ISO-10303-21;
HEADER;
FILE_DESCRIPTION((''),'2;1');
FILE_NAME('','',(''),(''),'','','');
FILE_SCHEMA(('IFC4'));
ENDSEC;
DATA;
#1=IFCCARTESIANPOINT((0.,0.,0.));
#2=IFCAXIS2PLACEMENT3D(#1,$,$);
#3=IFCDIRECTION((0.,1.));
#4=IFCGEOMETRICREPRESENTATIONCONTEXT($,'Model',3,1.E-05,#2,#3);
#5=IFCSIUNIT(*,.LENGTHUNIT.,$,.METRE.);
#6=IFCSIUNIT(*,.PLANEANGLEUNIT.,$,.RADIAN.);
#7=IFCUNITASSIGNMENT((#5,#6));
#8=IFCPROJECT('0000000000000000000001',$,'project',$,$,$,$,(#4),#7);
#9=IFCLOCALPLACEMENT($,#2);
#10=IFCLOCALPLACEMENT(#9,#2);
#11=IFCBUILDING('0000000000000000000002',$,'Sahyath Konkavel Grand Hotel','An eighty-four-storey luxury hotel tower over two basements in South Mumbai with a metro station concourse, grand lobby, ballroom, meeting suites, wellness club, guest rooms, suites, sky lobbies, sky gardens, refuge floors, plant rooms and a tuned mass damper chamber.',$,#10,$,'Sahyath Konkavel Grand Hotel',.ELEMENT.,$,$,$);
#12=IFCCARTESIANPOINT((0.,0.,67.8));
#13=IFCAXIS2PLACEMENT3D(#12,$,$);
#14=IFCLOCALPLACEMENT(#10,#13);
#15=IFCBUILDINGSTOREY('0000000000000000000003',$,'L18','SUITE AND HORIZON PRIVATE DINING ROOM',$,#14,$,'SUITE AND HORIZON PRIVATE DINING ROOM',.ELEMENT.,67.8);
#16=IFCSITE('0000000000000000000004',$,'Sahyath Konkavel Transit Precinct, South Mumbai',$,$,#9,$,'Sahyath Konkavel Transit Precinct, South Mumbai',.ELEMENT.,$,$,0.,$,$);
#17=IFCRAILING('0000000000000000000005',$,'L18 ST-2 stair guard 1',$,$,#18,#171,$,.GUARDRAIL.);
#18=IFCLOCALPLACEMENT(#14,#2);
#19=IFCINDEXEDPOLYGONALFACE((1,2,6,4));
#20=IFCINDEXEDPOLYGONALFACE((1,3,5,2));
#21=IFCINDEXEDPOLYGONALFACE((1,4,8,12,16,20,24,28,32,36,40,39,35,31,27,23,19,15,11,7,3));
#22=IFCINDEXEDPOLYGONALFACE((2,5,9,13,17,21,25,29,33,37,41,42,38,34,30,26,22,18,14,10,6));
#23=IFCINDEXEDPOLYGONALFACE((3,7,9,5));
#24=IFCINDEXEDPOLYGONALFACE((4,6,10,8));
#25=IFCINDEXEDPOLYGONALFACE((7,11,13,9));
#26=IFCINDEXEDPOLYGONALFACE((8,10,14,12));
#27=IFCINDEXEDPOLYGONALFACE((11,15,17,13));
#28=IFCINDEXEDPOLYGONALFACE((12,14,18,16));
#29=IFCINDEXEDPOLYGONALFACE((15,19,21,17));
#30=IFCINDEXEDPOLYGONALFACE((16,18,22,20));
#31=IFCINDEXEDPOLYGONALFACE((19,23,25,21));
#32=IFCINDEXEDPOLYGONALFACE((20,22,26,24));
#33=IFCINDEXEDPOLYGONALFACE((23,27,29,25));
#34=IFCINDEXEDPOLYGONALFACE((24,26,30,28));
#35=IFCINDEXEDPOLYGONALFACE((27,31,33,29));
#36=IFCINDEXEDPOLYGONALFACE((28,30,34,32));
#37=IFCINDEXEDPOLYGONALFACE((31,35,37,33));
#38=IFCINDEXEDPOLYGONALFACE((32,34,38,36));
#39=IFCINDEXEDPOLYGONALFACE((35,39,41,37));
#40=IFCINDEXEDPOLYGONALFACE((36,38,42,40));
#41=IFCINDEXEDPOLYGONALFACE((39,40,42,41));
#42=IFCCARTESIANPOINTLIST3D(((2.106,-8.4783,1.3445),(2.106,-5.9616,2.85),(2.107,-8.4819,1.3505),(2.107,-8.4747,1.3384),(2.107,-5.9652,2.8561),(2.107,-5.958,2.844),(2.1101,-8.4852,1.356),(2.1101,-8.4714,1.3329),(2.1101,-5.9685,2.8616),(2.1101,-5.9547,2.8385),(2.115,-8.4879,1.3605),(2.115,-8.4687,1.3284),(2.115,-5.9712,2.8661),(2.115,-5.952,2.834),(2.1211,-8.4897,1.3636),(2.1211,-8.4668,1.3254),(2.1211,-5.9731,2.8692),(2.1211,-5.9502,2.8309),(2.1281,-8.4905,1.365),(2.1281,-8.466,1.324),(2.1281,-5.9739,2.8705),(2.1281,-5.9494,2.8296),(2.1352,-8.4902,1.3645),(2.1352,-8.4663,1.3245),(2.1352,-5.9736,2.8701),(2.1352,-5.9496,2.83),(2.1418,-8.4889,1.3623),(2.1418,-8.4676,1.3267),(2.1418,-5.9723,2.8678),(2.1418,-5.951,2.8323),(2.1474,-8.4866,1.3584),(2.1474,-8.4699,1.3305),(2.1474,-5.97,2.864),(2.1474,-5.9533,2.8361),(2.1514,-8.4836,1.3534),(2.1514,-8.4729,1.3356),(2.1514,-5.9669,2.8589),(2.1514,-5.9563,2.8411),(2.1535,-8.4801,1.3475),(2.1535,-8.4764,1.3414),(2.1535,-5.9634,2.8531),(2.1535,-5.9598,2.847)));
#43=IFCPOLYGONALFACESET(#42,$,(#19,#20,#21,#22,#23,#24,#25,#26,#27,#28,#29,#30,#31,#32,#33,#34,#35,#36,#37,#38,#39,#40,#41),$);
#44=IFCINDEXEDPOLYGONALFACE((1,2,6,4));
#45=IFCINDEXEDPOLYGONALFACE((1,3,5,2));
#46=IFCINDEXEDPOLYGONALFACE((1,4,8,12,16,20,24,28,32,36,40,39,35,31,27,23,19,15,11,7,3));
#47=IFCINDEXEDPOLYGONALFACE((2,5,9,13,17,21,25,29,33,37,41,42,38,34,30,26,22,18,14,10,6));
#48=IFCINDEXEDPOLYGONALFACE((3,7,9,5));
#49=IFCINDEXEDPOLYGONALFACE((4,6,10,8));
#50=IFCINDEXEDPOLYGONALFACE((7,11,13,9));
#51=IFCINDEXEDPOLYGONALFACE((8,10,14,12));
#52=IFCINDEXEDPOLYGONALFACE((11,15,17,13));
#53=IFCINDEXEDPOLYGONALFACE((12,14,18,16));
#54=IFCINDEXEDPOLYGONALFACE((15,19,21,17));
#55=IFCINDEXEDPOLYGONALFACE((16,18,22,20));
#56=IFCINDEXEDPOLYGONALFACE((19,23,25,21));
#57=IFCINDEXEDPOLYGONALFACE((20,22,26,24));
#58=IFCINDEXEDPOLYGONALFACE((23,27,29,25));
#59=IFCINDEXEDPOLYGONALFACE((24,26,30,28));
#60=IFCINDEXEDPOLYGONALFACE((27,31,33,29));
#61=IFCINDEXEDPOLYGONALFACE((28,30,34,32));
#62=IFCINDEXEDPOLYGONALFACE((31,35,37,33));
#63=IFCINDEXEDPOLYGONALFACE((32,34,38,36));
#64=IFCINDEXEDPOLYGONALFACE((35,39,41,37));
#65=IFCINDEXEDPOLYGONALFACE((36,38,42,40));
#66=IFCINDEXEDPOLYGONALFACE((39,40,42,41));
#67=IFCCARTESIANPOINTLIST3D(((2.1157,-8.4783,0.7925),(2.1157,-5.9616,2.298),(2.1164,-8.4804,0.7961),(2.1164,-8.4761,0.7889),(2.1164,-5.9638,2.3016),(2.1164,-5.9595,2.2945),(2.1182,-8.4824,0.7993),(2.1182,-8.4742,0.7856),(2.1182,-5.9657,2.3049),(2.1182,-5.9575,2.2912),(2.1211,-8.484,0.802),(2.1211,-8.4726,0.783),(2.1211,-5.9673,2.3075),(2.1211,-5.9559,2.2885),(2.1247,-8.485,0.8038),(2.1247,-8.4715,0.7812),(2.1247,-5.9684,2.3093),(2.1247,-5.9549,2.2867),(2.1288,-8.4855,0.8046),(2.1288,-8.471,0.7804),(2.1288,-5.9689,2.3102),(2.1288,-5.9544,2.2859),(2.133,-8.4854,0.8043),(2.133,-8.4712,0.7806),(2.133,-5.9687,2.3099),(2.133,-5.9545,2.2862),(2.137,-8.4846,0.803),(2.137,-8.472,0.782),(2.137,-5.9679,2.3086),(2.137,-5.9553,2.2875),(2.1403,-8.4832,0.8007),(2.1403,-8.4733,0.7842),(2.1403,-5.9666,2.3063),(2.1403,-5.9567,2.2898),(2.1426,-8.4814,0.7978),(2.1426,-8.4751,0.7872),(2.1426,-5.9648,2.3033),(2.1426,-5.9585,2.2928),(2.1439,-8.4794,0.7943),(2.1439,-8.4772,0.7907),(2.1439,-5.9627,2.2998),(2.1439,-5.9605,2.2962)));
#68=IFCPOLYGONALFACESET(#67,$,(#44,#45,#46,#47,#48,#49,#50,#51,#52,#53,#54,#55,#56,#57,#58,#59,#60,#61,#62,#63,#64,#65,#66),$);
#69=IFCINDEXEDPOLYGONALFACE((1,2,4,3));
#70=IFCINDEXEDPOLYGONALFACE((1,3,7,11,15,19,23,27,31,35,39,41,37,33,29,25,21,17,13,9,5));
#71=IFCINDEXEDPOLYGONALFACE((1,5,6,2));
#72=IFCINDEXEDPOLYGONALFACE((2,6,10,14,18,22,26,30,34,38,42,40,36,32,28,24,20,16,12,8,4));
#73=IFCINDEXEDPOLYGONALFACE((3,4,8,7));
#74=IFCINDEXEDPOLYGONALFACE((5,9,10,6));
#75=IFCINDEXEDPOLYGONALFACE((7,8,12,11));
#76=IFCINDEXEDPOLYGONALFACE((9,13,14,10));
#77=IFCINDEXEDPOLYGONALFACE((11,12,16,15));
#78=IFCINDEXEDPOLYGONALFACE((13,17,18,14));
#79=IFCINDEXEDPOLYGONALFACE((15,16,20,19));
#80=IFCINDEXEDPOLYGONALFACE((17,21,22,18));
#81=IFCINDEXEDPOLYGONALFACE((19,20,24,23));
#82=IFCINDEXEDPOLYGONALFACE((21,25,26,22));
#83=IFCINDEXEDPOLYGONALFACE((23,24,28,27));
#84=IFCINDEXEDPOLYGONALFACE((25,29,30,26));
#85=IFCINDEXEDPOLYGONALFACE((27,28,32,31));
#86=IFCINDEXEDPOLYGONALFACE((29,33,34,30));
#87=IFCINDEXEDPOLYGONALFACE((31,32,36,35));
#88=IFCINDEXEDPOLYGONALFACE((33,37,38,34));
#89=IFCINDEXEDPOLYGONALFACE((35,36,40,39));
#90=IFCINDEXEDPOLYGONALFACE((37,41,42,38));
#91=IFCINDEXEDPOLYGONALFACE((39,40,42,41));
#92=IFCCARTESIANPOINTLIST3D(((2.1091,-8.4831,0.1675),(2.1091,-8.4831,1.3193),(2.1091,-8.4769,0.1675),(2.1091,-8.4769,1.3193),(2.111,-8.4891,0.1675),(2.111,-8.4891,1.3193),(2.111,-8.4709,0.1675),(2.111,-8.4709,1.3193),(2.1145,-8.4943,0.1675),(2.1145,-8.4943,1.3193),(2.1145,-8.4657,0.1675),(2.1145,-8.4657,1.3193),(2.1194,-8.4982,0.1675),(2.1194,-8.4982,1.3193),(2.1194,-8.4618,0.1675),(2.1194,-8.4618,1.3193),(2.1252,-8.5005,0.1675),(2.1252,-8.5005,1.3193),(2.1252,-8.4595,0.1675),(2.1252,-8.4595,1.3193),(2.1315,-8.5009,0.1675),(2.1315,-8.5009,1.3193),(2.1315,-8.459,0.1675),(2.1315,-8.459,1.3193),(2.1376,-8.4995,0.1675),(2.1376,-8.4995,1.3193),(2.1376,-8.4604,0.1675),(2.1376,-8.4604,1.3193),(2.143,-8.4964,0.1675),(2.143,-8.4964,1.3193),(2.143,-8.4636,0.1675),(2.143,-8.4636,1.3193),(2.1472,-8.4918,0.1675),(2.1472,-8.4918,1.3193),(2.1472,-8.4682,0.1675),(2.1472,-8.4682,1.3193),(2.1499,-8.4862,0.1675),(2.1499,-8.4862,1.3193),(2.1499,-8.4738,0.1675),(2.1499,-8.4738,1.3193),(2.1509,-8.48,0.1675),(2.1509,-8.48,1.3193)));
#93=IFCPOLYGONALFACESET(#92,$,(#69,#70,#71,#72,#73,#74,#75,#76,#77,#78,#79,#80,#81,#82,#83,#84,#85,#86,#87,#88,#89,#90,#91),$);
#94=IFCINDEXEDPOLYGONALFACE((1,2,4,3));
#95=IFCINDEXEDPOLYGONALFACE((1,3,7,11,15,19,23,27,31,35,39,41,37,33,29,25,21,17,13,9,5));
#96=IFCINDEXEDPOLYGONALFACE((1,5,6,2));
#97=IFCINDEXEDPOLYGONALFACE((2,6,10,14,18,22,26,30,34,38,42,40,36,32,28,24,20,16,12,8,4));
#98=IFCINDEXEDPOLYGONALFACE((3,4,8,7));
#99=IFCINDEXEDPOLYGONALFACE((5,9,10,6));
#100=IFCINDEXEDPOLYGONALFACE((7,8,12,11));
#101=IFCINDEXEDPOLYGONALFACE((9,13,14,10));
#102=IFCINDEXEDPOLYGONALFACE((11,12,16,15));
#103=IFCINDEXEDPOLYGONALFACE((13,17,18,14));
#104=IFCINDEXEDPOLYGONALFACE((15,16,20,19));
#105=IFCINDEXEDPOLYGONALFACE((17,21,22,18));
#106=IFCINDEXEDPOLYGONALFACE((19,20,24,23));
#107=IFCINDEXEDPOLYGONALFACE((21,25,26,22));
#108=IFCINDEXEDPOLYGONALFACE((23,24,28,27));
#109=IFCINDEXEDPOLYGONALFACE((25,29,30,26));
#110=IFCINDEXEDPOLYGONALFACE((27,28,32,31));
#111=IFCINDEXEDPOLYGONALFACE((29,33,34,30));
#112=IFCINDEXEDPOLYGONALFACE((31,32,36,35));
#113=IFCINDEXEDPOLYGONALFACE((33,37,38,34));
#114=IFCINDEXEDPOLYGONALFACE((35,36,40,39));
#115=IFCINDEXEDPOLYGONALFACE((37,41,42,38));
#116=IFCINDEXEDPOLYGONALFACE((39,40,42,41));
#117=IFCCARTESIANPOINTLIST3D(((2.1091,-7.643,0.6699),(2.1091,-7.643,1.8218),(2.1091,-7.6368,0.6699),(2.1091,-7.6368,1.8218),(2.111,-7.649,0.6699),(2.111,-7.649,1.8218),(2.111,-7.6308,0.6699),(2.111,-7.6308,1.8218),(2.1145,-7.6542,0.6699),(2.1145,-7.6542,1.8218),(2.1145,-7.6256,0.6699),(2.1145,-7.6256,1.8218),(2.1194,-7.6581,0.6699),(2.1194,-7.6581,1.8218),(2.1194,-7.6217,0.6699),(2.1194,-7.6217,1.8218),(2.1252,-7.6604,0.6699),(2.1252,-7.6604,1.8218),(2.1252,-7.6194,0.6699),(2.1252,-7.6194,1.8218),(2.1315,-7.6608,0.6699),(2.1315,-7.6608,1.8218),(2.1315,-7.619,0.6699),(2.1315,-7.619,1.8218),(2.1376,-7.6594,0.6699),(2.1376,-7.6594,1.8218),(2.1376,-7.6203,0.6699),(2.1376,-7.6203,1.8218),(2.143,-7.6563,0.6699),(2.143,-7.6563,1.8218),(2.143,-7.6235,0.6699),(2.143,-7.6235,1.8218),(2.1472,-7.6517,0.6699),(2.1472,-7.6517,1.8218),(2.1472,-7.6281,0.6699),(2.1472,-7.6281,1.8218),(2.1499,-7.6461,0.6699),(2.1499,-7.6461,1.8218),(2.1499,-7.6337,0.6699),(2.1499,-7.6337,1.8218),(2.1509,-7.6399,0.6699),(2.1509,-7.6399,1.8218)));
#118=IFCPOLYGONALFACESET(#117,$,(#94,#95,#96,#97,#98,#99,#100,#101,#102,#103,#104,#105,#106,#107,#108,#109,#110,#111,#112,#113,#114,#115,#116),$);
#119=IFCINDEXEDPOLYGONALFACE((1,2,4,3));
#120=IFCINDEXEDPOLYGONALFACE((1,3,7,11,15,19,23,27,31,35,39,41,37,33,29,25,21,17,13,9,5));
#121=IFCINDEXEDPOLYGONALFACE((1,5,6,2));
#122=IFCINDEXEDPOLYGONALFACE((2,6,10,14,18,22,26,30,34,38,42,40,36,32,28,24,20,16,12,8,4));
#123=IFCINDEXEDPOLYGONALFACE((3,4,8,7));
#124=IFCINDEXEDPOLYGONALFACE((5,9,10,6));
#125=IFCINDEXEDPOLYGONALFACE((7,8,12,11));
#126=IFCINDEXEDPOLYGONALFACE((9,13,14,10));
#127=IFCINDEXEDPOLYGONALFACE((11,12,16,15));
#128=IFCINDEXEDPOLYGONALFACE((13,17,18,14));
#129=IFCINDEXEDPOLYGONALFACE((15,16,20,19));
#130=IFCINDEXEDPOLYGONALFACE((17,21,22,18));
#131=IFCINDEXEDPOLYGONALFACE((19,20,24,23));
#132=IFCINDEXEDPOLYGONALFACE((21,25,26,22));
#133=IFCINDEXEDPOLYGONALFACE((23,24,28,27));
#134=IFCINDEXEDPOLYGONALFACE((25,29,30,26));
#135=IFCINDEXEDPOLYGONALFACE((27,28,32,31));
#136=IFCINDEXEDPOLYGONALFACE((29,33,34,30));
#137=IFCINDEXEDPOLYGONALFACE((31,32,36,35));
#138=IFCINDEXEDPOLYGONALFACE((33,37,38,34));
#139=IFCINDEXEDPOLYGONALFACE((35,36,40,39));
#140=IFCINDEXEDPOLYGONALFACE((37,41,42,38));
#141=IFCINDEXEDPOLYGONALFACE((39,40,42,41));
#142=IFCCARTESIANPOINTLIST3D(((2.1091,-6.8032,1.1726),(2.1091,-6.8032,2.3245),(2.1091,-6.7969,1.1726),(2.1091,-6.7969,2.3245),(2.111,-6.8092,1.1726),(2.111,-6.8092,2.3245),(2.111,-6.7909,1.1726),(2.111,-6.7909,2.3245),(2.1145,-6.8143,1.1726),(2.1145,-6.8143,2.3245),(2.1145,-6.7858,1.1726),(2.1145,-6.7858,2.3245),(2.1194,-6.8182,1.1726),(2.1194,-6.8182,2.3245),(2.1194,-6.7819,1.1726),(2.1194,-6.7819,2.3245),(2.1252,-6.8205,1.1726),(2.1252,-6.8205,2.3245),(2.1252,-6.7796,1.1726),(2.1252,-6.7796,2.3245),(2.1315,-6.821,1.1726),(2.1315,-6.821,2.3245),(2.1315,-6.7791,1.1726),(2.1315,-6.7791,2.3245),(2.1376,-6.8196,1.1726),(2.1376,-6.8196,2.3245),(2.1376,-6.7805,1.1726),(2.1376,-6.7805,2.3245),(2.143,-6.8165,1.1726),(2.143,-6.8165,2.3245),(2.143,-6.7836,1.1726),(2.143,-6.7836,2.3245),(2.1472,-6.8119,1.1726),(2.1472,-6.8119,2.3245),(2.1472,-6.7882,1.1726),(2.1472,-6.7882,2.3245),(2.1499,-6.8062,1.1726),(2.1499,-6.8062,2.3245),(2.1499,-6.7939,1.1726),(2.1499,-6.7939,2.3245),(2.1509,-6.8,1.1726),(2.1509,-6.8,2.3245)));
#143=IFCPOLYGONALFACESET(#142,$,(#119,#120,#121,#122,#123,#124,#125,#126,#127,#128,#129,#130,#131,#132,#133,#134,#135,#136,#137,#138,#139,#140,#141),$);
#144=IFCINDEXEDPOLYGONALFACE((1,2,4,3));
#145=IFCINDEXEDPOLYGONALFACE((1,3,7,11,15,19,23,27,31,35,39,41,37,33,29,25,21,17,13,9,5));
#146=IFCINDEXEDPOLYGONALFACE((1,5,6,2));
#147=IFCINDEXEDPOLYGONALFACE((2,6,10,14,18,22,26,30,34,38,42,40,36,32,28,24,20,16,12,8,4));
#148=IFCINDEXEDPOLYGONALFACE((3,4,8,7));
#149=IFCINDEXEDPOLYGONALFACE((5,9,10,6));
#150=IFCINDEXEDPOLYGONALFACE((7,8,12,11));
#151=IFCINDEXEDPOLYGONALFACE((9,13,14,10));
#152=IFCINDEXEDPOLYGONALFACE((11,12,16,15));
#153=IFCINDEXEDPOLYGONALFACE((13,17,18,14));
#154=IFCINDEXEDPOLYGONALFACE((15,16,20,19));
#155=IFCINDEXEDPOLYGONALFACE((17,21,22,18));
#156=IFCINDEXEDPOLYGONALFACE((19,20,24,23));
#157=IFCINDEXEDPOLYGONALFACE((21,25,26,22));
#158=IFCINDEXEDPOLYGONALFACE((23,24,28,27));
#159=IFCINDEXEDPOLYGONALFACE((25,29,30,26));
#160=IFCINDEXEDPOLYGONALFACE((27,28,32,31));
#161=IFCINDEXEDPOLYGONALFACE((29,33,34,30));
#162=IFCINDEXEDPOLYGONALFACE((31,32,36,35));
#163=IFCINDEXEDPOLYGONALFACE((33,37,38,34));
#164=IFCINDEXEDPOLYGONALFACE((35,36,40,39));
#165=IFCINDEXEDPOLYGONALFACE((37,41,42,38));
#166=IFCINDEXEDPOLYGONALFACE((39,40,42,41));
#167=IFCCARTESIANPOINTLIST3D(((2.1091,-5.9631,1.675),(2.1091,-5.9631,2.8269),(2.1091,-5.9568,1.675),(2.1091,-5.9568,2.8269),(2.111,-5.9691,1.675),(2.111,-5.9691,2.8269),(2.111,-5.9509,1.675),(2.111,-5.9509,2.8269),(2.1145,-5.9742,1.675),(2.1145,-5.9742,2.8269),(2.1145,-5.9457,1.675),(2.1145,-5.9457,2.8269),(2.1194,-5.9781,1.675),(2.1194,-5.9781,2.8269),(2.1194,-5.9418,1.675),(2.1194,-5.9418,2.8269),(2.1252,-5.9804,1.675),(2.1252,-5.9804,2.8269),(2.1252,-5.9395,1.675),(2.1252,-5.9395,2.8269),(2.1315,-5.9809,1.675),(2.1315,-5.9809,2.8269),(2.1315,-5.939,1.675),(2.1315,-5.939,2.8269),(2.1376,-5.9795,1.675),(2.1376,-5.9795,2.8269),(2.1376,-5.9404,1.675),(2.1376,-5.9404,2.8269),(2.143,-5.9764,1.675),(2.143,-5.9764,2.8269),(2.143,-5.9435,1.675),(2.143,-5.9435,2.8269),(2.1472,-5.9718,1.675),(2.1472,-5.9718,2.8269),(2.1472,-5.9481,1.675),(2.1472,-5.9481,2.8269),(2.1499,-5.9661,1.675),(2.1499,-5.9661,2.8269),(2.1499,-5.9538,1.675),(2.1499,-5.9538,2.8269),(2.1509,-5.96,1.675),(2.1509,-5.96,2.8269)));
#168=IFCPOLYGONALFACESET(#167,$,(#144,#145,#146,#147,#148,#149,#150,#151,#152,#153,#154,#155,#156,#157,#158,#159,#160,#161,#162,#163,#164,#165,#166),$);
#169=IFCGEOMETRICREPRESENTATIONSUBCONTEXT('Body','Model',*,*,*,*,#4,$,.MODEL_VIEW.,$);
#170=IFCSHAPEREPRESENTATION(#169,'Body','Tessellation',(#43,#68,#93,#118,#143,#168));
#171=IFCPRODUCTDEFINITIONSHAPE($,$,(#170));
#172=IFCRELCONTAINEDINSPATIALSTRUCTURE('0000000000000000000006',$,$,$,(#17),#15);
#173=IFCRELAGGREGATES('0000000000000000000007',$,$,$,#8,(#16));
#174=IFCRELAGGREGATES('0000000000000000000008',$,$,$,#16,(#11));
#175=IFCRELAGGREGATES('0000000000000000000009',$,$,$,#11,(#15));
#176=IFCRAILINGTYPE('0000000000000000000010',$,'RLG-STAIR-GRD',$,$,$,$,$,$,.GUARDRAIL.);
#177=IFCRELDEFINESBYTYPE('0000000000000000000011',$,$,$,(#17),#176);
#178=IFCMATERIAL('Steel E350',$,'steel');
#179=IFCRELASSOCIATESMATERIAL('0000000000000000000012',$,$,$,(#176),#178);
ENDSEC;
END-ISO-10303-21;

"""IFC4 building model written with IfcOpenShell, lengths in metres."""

from ifc_helpers import new_model, si_unit, direction, frame, origin, origin_2d, place, context, subcontext, project, spatial, circle, extrude, material, type_object, element, save


model = new_model("IFC4")

# Units and contexts
model_context = context("Model", 3, precision=1e-05, world=origin(), true_north=direction((0.0, 1.0)))
body_context = subcontext(model_context, "Body", "Model", "MODEL_VIEW")
ifc_project = project(units=[si_unit("LENGTHUNIT", "METRE"), si_unit("PLANEANGLEUNIT", "RADIAN")], contexts=[model_context])

# Site, building, storey
site_placement = place(None, origin())
site = spatial("IfcSite", under=ifc_project, at=site_placement, Name="Sahyath Konkavel Transit Precinct, South Mumbai", LongName="Sahyath Konkavel Transit Precinct, South Mumbai", CompositionType="ELEMENT", RefElevation=0.0)
building_placement = place(site_placement, origin())
building = spatial("IfcBuilding", under=site, at=building_placement, Name="Sahyath Konkavel Grand Hotel", Description="An eighty-four-storey luxury hotel tower over two basements in South Mumbai with a metro station concourse, grand lobby, ballroom, meeting suites, wellness club, guest rooms, suites, sky lobbies, sky gardens, refuge floors, plant rooms and a tuned mass damper chamber.", LongName="Sahyath Konkavel Grand Hotel", CompositionType="ELEMENT")
storey_placement = place(building_placement, frame((0.0, 0.0, 67.8)))
storey = spatial("IfcBuildingStorey", under=building, at=storey_placement, Name="L18", Description="SUITE AND HORIZON PRIVATE DINING ROOM", LongName="SUITE AND HORIZON PRIVATE DINING ROOM", CompositionType="ELEMENT", Elevation=67.8)

# Shared definitions
ifc_material_1 = material(Name="Steel E350", Category="steel")

# Railing
railing_type_1 = type_object("IfcRailingType", Name="RLG-STAIR-GRD", PredefinedType="GUARDRAIL", material=ifc_material_1)
railing_1_placement = place(storey_placement, frame((2.1299, -8.48, 0.1675)))
element("IfcRailing", 1, at=railing_1_placement, inside=storey, type_object=railing_type_1, Name="L18 ST-2 stair guard 1", PredefinedType="GUARDRAIL", context=body_context, shape_type="SweptSolid", body=[
    extrude(circle(Radius=0.0239, at=origin_2d()), frame((0.0, 0.0017, 1.177), z_axis=(0.0, 0.85816, 0.513383), x_axis=(-1.0, 0.0, 0.0)), (0.0, 0.0, 1.0), 2.9326),
    extrude(circle(Radius=0.0142, at=origin_2d()), frame((0.0, 0.0017, 0.625), z_axis=(0.0, 0.85816, 0.513383), x_axis=(-1.0, 0.0, 0.0)), (0.0, 0.0, 1.0), 2.9326),
    extrude(circle(Radius=0.021, at=origin_2d()), origin(), (0.0, 0.0, 1.0), 1.1519),
    extrude(circle(Radius=0.021, at=origin_2d()), frame((0.0, 0.8401, 0.5024)), (0.0, 0.0, 1.0), 1.1519),
    extrude(circle(Radius=0.021, at=origin_2d()), frame((0.0, 1.6799, 1.0051)), (0.0, 0.0, 1.0), 1.1519),
    extrude(circle(Radius=0.021, at=origin_2d()), frame((0.0, 2.52, 1.5076)), (0.0, 0.0, 1.0), 1.1519),
])

save(model, "model.ifc")
